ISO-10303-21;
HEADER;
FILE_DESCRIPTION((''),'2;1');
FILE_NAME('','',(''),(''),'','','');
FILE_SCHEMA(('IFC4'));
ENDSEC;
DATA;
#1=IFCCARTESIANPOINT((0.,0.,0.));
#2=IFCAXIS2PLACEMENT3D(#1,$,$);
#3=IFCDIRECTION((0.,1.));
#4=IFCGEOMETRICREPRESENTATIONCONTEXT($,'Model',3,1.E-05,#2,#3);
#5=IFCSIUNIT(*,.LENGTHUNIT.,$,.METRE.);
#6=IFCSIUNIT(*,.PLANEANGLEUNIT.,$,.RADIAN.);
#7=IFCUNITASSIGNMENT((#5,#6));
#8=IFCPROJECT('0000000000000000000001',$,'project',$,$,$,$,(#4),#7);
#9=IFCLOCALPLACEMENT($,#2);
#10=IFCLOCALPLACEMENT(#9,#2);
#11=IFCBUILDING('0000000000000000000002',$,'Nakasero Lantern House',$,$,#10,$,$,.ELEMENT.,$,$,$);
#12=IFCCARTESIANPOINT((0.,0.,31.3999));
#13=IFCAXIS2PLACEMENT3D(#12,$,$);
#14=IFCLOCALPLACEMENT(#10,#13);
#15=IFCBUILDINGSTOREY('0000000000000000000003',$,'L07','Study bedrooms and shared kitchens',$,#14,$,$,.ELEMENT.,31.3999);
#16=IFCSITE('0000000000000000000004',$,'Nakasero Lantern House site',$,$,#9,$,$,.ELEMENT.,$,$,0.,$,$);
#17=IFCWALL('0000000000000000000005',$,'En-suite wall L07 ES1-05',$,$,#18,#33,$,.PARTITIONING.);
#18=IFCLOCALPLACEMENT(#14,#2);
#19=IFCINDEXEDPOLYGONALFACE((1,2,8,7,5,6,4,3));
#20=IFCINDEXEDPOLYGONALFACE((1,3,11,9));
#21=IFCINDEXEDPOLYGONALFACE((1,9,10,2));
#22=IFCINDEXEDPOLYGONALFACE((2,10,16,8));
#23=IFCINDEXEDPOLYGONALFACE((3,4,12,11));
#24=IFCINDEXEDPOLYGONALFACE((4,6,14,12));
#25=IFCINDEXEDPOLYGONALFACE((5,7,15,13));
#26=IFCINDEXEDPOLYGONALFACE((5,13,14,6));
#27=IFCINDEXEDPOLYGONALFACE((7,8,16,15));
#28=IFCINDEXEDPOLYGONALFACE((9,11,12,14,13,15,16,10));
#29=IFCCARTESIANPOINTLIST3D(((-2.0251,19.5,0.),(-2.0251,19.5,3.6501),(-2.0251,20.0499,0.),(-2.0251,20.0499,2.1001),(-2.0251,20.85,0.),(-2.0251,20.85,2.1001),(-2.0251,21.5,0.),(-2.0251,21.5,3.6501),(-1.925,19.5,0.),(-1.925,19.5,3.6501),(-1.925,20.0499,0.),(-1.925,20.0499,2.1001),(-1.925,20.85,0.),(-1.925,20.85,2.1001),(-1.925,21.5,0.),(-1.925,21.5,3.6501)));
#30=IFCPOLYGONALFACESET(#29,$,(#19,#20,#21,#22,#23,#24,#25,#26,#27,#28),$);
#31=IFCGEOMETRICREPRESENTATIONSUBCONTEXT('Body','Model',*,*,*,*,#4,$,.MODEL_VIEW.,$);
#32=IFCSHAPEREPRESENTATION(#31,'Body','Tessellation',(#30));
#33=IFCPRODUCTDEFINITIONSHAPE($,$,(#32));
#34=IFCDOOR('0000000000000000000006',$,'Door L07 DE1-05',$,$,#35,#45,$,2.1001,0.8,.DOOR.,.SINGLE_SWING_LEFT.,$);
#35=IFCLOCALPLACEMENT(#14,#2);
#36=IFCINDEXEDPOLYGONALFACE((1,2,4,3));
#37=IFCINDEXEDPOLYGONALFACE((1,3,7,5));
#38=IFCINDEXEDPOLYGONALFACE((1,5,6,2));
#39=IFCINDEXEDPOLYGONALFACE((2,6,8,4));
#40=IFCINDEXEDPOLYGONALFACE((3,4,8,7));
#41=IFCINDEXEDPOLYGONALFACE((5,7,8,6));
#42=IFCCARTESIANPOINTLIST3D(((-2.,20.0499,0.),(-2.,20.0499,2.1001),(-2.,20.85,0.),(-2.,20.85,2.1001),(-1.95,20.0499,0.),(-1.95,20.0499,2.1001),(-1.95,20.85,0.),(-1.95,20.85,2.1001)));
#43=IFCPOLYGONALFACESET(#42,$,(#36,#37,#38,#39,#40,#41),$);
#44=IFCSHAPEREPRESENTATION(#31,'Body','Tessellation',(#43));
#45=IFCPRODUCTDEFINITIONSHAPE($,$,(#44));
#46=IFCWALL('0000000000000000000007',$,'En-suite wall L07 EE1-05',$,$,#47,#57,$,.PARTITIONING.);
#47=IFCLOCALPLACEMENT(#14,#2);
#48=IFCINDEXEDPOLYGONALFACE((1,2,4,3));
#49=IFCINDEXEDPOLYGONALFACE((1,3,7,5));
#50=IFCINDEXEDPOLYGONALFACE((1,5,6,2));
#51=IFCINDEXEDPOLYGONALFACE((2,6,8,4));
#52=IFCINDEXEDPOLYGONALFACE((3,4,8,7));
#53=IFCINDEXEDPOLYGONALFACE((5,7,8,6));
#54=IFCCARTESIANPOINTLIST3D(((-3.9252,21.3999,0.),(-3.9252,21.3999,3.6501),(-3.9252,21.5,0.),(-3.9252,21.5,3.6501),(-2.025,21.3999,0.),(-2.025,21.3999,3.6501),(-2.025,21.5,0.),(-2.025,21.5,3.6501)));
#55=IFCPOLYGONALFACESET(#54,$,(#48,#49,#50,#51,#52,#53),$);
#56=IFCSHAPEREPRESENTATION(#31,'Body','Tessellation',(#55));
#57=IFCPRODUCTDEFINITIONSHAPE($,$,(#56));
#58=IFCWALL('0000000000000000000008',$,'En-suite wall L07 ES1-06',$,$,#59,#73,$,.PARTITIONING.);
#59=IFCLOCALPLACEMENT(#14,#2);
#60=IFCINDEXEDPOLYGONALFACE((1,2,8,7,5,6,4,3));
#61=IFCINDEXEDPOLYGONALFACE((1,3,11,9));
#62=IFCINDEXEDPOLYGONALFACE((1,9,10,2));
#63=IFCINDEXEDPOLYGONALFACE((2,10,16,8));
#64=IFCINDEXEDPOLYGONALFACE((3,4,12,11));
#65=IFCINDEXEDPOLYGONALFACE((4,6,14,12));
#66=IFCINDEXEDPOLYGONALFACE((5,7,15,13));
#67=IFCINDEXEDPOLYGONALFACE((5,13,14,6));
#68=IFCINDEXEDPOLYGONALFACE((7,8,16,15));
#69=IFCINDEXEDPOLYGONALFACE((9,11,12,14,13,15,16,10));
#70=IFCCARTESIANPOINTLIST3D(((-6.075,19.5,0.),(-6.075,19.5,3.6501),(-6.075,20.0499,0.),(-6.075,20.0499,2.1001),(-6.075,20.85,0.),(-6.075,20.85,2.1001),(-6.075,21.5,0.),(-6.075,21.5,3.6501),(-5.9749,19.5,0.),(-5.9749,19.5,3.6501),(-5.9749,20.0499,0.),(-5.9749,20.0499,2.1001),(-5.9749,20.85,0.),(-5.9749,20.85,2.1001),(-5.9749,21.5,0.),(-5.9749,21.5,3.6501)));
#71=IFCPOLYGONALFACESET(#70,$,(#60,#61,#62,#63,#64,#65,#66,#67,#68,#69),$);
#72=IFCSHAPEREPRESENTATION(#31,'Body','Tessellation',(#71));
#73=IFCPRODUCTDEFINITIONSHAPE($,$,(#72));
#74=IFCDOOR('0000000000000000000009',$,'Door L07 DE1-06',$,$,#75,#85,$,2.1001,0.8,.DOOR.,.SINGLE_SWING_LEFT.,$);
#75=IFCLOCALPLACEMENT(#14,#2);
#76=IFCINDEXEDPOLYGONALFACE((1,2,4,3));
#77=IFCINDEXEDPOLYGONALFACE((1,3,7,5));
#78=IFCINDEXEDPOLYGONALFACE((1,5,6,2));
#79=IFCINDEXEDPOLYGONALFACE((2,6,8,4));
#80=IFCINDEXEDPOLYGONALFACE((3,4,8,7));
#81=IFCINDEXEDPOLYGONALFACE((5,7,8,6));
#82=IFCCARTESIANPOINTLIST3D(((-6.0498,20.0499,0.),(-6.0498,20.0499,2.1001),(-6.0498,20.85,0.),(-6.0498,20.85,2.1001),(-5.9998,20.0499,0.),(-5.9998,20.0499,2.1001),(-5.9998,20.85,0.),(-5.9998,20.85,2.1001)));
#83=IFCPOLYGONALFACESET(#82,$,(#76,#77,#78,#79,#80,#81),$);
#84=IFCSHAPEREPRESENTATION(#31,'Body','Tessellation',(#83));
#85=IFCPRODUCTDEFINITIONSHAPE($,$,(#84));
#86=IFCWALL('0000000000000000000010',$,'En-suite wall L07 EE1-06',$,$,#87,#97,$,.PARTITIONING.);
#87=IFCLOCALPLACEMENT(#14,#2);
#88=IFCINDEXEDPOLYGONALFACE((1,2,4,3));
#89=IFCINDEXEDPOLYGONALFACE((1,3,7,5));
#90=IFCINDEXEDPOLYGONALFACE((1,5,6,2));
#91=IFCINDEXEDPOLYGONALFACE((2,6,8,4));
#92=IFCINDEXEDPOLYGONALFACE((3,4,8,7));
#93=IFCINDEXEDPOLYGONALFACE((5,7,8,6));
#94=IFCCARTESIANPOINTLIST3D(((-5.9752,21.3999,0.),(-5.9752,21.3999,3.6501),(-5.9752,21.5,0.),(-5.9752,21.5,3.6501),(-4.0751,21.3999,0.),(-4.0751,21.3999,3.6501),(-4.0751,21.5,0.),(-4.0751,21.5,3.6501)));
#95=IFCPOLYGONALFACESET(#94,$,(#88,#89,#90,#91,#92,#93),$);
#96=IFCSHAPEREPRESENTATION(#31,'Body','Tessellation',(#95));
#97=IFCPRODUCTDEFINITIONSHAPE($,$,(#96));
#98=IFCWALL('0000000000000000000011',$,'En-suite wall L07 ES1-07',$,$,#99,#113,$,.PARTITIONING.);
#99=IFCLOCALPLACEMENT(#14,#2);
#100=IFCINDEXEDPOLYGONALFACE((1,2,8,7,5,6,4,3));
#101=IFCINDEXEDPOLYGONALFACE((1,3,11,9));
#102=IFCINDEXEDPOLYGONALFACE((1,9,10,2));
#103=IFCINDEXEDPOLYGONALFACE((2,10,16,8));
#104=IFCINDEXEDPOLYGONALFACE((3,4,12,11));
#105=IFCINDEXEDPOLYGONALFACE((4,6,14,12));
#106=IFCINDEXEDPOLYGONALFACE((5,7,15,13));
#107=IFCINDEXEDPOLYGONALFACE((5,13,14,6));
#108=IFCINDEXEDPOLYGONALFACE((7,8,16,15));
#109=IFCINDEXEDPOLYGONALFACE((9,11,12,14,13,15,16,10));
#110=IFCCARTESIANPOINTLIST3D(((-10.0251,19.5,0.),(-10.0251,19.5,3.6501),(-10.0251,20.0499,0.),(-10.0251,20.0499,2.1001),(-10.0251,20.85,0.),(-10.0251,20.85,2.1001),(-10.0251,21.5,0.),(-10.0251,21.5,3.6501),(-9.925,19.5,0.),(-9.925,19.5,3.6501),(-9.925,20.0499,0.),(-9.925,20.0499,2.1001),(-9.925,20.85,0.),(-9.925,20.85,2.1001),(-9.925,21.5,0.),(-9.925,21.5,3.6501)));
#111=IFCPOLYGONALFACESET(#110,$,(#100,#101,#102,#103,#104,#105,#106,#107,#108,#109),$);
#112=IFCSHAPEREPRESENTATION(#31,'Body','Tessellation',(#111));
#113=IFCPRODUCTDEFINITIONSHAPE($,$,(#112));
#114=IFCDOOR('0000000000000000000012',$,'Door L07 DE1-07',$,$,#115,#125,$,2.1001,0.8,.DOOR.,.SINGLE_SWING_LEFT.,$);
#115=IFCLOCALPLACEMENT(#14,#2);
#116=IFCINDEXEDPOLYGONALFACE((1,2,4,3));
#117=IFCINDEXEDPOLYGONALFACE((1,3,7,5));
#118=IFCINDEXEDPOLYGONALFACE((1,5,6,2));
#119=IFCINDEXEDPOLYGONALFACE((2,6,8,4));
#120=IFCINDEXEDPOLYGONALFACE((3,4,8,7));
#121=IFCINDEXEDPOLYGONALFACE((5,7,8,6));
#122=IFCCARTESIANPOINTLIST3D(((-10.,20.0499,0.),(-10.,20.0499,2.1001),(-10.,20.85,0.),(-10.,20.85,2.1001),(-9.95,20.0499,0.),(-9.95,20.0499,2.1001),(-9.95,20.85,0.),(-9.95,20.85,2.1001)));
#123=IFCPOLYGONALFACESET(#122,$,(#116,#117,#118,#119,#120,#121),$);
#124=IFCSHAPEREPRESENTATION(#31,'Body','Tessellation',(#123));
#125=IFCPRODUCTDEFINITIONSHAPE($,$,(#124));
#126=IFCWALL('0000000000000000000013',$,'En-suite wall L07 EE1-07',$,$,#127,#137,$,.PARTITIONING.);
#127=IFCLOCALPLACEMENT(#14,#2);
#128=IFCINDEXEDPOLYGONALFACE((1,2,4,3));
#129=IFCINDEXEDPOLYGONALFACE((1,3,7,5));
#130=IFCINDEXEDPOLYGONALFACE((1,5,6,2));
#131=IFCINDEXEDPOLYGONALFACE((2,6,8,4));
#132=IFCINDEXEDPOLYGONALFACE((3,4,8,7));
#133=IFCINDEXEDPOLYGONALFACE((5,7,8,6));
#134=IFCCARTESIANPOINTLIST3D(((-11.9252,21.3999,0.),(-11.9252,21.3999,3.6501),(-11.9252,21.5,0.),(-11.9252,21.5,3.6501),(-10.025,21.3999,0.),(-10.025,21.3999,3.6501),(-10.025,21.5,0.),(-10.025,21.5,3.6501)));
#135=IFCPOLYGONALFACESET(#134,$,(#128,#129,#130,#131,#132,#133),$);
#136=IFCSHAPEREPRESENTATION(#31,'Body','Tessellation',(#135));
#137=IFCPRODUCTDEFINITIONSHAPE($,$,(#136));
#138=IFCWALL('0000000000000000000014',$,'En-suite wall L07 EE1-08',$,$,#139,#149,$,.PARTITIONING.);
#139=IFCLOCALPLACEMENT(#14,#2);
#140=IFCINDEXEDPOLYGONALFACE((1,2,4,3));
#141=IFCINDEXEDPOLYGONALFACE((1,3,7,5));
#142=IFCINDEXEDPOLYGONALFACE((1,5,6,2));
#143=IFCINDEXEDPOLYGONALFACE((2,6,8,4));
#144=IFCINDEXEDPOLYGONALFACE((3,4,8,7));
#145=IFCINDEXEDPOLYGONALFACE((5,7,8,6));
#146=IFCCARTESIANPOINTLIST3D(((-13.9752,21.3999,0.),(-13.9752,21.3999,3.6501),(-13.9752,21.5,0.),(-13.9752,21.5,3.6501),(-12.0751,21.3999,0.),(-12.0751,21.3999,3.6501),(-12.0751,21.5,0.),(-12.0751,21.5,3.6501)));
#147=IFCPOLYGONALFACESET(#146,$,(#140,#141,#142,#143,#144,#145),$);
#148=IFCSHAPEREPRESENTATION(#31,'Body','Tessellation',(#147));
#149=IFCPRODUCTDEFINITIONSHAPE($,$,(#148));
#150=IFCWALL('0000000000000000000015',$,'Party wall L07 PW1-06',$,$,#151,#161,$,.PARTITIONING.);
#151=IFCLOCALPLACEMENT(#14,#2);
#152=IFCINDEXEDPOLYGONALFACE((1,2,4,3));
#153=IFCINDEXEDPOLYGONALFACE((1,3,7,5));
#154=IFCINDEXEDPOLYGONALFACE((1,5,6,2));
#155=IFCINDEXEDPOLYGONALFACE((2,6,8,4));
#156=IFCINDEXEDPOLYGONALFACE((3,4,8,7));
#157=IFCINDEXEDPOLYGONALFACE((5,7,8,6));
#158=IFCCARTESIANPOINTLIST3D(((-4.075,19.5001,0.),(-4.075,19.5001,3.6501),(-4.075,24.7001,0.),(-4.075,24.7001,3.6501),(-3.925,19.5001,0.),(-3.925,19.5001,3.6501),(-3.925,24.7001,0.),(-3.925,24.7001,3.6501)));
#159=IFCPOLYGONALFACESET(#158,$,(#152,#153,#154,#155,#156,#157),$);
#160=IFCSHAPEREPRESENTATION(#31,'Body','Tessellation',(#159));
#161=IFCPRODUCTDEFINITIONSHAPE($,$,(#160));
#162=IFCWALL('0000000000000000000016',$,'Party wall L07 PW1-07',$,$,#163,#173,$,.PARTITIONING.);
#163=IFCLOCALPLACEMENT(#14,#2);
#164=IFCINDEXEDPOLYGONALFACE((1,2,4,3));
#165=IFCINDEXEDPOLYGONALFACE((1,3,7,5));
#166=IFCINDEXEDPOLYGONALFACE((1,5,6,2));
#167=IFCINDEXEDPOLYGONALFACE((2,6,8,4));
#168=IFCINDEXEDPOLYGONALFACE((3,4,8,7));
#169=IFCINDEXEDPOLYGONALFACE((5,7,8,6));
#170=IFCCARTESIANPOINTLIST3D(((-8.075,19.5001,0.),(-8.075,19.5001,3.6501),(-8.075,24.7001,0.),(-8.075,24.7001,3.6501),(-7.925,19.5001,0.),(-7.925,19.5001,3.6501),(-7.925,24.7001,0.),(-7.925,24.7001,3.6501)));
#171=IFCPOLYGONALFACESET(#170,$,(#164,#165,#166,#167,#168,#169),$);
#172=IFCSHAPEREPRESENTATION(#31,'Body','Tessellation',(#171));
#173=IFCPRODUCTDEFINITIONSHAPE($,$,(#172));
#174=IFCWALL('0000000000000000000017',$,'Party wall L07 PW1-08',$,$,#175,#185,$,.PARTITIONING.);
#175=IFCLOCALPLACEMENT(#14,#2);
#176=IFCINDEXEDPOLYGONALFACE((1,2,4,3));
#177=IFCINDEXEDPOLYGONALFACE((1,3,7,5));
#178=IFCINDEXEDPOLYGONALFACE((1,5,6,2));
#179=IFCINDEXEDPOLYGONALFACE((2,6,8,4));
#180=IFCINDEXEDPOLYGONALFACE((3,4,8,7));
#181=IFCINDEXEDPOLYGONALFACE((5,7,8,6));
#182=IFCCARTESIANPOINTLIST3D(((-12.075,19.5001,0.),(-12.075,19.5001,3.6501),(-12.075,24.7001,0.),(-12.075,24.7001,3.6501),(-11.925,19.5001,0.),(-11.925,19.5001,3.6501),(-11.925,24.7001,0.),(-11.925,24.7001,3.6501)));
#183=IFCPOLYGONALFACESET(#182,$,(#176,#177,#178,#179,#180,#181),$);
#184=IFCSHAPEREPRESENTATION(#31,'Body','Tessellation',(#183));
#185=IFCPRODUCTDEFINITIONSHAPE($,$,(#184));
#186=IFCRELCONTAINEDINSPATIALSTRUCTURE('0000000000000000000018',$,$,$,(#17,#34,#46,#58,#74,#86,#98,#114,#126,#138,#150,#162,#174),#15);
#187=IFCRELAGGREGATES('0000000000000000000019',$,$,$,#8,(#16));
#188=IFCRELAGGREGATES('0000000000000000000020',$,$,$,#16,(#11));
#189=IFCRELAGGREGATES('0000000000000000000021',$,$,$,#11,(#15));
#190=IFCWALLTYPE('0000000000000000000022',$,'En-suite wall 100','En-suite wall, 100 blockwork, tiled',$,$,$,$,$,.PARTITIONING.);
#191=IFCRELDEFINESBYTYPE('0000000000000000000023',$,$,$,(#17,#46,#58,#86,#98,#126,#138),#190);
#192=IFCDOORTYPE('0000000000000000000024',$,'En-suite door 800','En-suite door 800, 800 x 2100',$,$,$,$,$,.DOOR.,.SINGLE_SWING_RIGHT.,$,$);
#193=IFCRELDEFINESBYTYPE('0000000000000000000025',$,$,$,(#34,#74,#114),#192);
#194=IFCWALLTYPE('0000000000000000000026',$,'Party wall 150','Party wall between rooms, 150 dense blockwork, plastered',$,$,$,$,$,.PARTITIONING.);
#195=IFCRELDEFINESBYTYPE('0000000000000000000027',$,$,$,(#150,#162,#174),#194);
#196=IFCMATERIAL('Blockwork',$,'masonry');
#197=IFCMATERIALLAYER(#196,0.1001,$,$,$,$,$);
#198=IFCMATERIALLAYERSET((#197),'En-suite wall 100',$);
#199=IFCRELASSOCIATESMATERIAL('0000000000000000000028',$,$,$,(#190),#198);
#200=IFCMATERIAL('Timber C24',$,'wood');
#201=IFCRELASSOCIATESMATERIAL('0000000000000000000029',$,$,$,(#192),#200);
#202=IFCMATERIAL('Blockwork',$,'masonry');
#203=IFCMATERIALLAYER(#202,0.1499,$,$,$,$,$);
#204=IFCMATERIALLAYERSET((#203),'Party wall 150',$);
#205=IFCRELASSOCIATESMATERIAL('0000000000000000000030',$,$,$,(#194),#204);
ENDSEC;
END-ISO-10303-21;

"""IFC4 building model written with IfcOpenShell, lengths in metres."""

from ifc_helpers import new_model, si_unit, direction, frame, frame_2d, origin, place, context, subcontext, project, spatial, rectangle, extrude, material, layer, layer_set, type_object, element, fill, save


model = new_model("IFC4")

# Units and contexts
model_context = context("Model", 3, precision=1e-05, world=origin(), true_north=direction((0.0, 1.0)))
body_context = subcontext(model_context, "Body", "Model", "MODEL_VIEW")
ifc_project = project(units=[si_unit("LENGTHUNIT", "METRE"), si_unit("PLANEANGLEUNIT", "RADIAN")], contexts=[model_context])

# Site, building, storey
site_placement = place(None, origin())
site = spatial("IfcSite", under=ifc_project, at=site_placement, Name="Nakasero Lantern House site", CompositionType="ELEMENT", RefElevation=0.0)
building_placement = place(site_placement, origin())
building = spatial("IfcBuilding", under=site, at=building_placement, Name="Nakasero Lantern House", CompositionType="ELEMENT")
storey_placement = place(building_placement, frame((0.0, 0.0, 31.3999)))
storey = spatial("IfcBuildingStorey", under=building, at=storey_placement, Name="L07", Description="Study bedrooms and shared kitchens", CompositionType="ELEMENT", Elevation=31.3999)

# Wall, opening, door
ifc_material_1 = material(Name="Blockwork", Category="masonry")
ifc_layer_1 = layer(ifc_material_1, 0.1001)
ifc_layer_set_1 = layer_set([ifc_layer_1], Name="En-suite wall 100")
wall_type_1 = type_object("IfcWallType", Name="En-suite wall 100", Description="En-suite wall, 100 blockwork, tiled", PredefinedType="PARTITIONING", material=ifc_layer_set_1)
wall_1_placement = place(storey_placement, frame((-1.9751, 19.5, 0.0), z_axis=(0.0, 0.0, 1.0), x_axis=(0.0, 1.0, 0.0)))
wall_1 = element("IfcWall", 1, at=wall_1_placement, inside=storey, type_object=wall_type_1, Name="En-suite wall L07 ES1-05", PredefinedType="PARTITIONING", context=body_context, shape_type="SweptSolid", body=[
    extrude(rectangle(XDim=2.0, YDim=0.1001, at=frame_2d((1.0, 0.0))), origin(), (0.0, 0.0, 1.0), 3.6501),
])
opening_1_placement = place(wall_1_placement, frame((0.55, 0.0, 0.0)))
opening_1 = element("IfcOpeningElement", 2, at=opening_1_placement, cuts=wall_1, PredefinedType="OPENING", context=body_context, shape_type="SweptSolid", body=[
    extrude(rectangle(XDim=0.8, YDim=2.1001, at=frame_2d((0.3999, 1.05))), frame((0.0, 0.0701, 0.0), z_axis=(0.0, -1.0, 0.0), x_axis=(1.0, 0.0, 0.0)), (0.0, 0.0, 1.0), 0.1401),
])
ifc_material_2 = material(Name="Timber C24", Category="wood")
door_type = type_object("IfcDoorType", Name="En-suite door 800", Description="En-suite door 800, 800 x 2100", OperationType="SINGLE_SWING_RIGHT", PredefinedType="DOOR", material=ifc_material_2)
door_1_placement = place(opening_1_placement, origin())
door_1 = element("IfcDoor", 3, at=door_1_placement, inside=storey, type_object=door_type, Name="Door L07 DE1-05", OperationType="SINGLE_SWING_LEFT", OverallHeight=2.1001, OverallWidth=0.8, PredefinedType="DOOR", context=body_context, shape_type="SweptSolid", body=[
    extrude(rectangle(XDim=0.8, YDim=2.1001, at=frame_2d((0.3999, 1.05))), frame((0.0, 0.0249, 0.0), z_axis=(0.0, -1.0, 0.0), x_axis=(1.0, 0.0, 0.0)), (0.0, 0.0, 1.0), 0.05),
])
fill(opening_1, door_1)

# Wall
wall_2_placement = place(storey_placement, frame((-2.0249, 21.45, 0.0), z_axis=(0.0, 0.0, 1.0), x_axis=(-1.0, 0.0, 0.0)))
element("IfcWall", 4, at=wall_2_placement, inside=storey, type_object=wall_type_1, Name="En-suite wall L07 EE1-05", PredefinedType="PARTITIONING", context=body_context, shape_type="SweptSolid", body=[
    extrude(rectangle(XDim=1.9001, YDim=0.1001, at=frame_2d((0.9502, 0.0))), origin(), (0.0, 0.0, 1.0), 3.6501),
])

# Wall, opening, door
wall_3_placement = place(storey_placement, frame((-6.0249, 19.5, 0.0), z_axis=(0.0, 0.0, 1.0), x_axis=(0.0, 1.0, 0.0)))
wall_3 = element("IfcWall", 5, at=wall_3_placement, inside=storey, type_object=wall_type_1, Name="En-suite wall L07 ES1-06", PredefinedType="PARTITIONING", context=body_context, shape_type="SweptSolid", body=[
    extrude(rectangle(XDim=2.0, YDim=0.1001, at=frame_2d((1.0, 0.0))), origin(), (0.0, 0.0, 1.0), 3.6501),
])
opening_2_placement = place(wall_3_placement, frame((0.55, 0.0, 0.0)))
opening_2 = element("IfcOpeningElement", 6, at=opening_2_placement, cuts=wall_3, PredefinedType="OPENING", context=body_context, shape_type="SweptSolid", body=[
    extrude(rectangle(XDim=0.8, YDim=2.1001, at=frame_2d((0.3999, 1.05))), frame((0.0, 0.0701, 0.0), z_axis=(0.0, -1.0, 0.0), x_axis=(1.0, 0.0, 0.0)), (0.0, 0.0, 1.0), 0.1401),
])
door_2_placement = place(opening_2_placement, origin())
door_2 = element("IfcDoor", 7, at=door_2_placement, inside=storey, type_object=door_type, Name="Door L07 DE1-06", OperationType="SINGLE_SWING_LEFT", OverallHeight=2.1001, OverallWidth=0.8, PredefinedType="DOOR", context=body_context, shape_type="SweptSolid", body=[
    extrude(rectangle(XDim=0.8, YDim=2.1001, at=frame_2d((0.3999, 1.05))), frame((0.0, 0.0249, 0.0), z_axis=(0.0, -1.0, 0.0), x_axis=(1.0, 0.0, 0.0)), (0.0, 0.0, 1.0), 0.05),
])
fill(opening_2, door_2)

# Wall
wall_4_placement = place(storey_placement, frame((-4.075, 21.45, 0.0), z_axis=(0.0, 0.0, 1.0), x_axis=(-1.0, 0.0, 0.0)))
element("IfcWall", 8, at=wall_4_placement, inside=storey, type_object=wall_type_1, Name="En-suite wall L07 EE1-06", PredefinedType="PARTITIONING", context=body_context, shape_type="SweptSolid", body=[
    extrude(rectangle(XDim=1.9001, YDim=0.1001, at=frame_2d((0.9502, 0.0))), origin(), (0.0, 0.0, 1.0), 3.6501),
])

# Wall, opening, door
wall_5_placement = place(storey_placement, frame((-9.9751, 19.5, 0.0), z_axis=(0.0, 0.0, 1.0), x_axis=(0.0, 1.0, 0.0)))
wall_5 = element("IfcWall", 9, at=wall_5_placement, inside=storey, type_object=wall_type_1, Name="En-suite wall L07 ES1-07", PredefinedType="PARTITIONING", context=body_context, shape_type="SweptSolid", body=[
    extrude(rectangle(XDim=2.0, YDim=0.1001, at=frame_2d((1.0, 0.0))), origin(), (0.0, 0.0, 1.0), 3.6501),
])
opening_3_placement = place(wall_5_placement, frame((0.55, 0.0, 0.0)))
opening_3 = element("IfcOpeningElement", 10, at=opening_3_placement, cuts=wall_5, PredefinedType="OPENING", context=body_context, shape_type="SweptSolid", body=[
    extrude(rectangle(XDim=0.8, YDim=2.1001, at=frame_2d((0.3999, 1.05))), frame((0.0, 0.0701, 0.0), z_axis=(0.0, -1.0, 0.0), x_axis=(1.0, 0.0, 0.0)), (0.0, 0.0, 1.0), 0.1401),
])
door_3_placement = place(opening_3_placement, origin())
door_3 = element("IfcDoor", 11, at=door_3_placement, inside=storey, type_object=door_type, Name="Door L07 DE1-07", OperationType="SINGLE_SWING_LEFT", OverallHeight=2.1001, OverallWidth=0.8, PredefinedType="DOOR", context=body_context, shape_type="SweptSolid", body=[
    extrude(rectangle(XDim=0.8, YDim=2.1001, at=frame_2d((0.3999, 1.05))), frame((0.0, 0.0249, 0.0), z_axis=(0.0, -1.0, 0.0), x_axis=(1.0, 0.0, 0.0)), (0.0, 0.0, 1.0), 0.05),
])
fill(opening_3, door_3)

# Walls
for number, where, z_axis, x_axis, name in (
    (12, (-10.0249, 21.45, 0.0), (0.0, 0.0, 1.0), (-1.0, 0.0, 0.0), "En-suite wall L07 EE1-07"),
    (13, (-12.075, 21.45, 0.0), (0.0, 0.0, 1.0), (-1.0, 0.0, 0.0), "En-suite wall L07 EE1-08"),
):
    element("IfcWall", number, at=place(storey_placement, frame(where, z_axis=z_axis, x_axis=x_axis)), inside=storey, type_object=wall_type_1, Name=name, PredefinedType="PARTITIONING", context=body_context, shape_type="SweptSolid", body=[
        extrude(rectangle(XDim=1.9001, YDim=0.1001, at=frame_2d((0.9502, 0.0))), origin(), (0.0, 0.0, 1.0), 3.6501),
    ])
ifc_material_3 = material(Name="Blockwork", Category="masonry")
ifc_layer_2 = layer(ifc_material_3, 0.1499)
ifc_layer_set_2 = layer_set([ifc_layer_2], Name="Party wall 150")
wall_type_2 = type_object("IfcWallType", Name="Party wall 150", Description="Party wall between rooms, 150 dense blockwork, plastered", PredefinedType="PARTITIONING", material=ifc_layer_set_2)
for number, where, z_axis, x_axis, name in (
    (14, (-4.0, 19.5, 0.0), (0.0, 0.0, 1.0), (0.0, 1.0, 0.0), "Party wall L07 PW1-06"),
    (15, (-8.0, 19.5, 0.0), (0.0, 0.0, 1.0), (0.0, 1.0, 0.0), "Party wall L07 PW1-07"),
    (16, (-12.0, 19.5, 0.0), (0.0, 0.0, 1.0), (0.0, 1.0, 0.0), "Party wall L07 PW1-08"),
):
    element("IfcWall", number, at=place(storey_placement, frame(where, z_axis=z_axis, x_axis=x_axis)), inside=storey, type_object=wall_type_2, Name=name, PredefinedType="PARTITIONING", context=body_context, shape_type="SweptSolid", body=[
        extrude(rectangle(XDim=5.2, YDim=0.1499, at=frame_2d((2.6001, 0.0))), origin(), (0.0, 0.0, 1.0), 3.6501),
    ])

save(model, "model.ifc")
